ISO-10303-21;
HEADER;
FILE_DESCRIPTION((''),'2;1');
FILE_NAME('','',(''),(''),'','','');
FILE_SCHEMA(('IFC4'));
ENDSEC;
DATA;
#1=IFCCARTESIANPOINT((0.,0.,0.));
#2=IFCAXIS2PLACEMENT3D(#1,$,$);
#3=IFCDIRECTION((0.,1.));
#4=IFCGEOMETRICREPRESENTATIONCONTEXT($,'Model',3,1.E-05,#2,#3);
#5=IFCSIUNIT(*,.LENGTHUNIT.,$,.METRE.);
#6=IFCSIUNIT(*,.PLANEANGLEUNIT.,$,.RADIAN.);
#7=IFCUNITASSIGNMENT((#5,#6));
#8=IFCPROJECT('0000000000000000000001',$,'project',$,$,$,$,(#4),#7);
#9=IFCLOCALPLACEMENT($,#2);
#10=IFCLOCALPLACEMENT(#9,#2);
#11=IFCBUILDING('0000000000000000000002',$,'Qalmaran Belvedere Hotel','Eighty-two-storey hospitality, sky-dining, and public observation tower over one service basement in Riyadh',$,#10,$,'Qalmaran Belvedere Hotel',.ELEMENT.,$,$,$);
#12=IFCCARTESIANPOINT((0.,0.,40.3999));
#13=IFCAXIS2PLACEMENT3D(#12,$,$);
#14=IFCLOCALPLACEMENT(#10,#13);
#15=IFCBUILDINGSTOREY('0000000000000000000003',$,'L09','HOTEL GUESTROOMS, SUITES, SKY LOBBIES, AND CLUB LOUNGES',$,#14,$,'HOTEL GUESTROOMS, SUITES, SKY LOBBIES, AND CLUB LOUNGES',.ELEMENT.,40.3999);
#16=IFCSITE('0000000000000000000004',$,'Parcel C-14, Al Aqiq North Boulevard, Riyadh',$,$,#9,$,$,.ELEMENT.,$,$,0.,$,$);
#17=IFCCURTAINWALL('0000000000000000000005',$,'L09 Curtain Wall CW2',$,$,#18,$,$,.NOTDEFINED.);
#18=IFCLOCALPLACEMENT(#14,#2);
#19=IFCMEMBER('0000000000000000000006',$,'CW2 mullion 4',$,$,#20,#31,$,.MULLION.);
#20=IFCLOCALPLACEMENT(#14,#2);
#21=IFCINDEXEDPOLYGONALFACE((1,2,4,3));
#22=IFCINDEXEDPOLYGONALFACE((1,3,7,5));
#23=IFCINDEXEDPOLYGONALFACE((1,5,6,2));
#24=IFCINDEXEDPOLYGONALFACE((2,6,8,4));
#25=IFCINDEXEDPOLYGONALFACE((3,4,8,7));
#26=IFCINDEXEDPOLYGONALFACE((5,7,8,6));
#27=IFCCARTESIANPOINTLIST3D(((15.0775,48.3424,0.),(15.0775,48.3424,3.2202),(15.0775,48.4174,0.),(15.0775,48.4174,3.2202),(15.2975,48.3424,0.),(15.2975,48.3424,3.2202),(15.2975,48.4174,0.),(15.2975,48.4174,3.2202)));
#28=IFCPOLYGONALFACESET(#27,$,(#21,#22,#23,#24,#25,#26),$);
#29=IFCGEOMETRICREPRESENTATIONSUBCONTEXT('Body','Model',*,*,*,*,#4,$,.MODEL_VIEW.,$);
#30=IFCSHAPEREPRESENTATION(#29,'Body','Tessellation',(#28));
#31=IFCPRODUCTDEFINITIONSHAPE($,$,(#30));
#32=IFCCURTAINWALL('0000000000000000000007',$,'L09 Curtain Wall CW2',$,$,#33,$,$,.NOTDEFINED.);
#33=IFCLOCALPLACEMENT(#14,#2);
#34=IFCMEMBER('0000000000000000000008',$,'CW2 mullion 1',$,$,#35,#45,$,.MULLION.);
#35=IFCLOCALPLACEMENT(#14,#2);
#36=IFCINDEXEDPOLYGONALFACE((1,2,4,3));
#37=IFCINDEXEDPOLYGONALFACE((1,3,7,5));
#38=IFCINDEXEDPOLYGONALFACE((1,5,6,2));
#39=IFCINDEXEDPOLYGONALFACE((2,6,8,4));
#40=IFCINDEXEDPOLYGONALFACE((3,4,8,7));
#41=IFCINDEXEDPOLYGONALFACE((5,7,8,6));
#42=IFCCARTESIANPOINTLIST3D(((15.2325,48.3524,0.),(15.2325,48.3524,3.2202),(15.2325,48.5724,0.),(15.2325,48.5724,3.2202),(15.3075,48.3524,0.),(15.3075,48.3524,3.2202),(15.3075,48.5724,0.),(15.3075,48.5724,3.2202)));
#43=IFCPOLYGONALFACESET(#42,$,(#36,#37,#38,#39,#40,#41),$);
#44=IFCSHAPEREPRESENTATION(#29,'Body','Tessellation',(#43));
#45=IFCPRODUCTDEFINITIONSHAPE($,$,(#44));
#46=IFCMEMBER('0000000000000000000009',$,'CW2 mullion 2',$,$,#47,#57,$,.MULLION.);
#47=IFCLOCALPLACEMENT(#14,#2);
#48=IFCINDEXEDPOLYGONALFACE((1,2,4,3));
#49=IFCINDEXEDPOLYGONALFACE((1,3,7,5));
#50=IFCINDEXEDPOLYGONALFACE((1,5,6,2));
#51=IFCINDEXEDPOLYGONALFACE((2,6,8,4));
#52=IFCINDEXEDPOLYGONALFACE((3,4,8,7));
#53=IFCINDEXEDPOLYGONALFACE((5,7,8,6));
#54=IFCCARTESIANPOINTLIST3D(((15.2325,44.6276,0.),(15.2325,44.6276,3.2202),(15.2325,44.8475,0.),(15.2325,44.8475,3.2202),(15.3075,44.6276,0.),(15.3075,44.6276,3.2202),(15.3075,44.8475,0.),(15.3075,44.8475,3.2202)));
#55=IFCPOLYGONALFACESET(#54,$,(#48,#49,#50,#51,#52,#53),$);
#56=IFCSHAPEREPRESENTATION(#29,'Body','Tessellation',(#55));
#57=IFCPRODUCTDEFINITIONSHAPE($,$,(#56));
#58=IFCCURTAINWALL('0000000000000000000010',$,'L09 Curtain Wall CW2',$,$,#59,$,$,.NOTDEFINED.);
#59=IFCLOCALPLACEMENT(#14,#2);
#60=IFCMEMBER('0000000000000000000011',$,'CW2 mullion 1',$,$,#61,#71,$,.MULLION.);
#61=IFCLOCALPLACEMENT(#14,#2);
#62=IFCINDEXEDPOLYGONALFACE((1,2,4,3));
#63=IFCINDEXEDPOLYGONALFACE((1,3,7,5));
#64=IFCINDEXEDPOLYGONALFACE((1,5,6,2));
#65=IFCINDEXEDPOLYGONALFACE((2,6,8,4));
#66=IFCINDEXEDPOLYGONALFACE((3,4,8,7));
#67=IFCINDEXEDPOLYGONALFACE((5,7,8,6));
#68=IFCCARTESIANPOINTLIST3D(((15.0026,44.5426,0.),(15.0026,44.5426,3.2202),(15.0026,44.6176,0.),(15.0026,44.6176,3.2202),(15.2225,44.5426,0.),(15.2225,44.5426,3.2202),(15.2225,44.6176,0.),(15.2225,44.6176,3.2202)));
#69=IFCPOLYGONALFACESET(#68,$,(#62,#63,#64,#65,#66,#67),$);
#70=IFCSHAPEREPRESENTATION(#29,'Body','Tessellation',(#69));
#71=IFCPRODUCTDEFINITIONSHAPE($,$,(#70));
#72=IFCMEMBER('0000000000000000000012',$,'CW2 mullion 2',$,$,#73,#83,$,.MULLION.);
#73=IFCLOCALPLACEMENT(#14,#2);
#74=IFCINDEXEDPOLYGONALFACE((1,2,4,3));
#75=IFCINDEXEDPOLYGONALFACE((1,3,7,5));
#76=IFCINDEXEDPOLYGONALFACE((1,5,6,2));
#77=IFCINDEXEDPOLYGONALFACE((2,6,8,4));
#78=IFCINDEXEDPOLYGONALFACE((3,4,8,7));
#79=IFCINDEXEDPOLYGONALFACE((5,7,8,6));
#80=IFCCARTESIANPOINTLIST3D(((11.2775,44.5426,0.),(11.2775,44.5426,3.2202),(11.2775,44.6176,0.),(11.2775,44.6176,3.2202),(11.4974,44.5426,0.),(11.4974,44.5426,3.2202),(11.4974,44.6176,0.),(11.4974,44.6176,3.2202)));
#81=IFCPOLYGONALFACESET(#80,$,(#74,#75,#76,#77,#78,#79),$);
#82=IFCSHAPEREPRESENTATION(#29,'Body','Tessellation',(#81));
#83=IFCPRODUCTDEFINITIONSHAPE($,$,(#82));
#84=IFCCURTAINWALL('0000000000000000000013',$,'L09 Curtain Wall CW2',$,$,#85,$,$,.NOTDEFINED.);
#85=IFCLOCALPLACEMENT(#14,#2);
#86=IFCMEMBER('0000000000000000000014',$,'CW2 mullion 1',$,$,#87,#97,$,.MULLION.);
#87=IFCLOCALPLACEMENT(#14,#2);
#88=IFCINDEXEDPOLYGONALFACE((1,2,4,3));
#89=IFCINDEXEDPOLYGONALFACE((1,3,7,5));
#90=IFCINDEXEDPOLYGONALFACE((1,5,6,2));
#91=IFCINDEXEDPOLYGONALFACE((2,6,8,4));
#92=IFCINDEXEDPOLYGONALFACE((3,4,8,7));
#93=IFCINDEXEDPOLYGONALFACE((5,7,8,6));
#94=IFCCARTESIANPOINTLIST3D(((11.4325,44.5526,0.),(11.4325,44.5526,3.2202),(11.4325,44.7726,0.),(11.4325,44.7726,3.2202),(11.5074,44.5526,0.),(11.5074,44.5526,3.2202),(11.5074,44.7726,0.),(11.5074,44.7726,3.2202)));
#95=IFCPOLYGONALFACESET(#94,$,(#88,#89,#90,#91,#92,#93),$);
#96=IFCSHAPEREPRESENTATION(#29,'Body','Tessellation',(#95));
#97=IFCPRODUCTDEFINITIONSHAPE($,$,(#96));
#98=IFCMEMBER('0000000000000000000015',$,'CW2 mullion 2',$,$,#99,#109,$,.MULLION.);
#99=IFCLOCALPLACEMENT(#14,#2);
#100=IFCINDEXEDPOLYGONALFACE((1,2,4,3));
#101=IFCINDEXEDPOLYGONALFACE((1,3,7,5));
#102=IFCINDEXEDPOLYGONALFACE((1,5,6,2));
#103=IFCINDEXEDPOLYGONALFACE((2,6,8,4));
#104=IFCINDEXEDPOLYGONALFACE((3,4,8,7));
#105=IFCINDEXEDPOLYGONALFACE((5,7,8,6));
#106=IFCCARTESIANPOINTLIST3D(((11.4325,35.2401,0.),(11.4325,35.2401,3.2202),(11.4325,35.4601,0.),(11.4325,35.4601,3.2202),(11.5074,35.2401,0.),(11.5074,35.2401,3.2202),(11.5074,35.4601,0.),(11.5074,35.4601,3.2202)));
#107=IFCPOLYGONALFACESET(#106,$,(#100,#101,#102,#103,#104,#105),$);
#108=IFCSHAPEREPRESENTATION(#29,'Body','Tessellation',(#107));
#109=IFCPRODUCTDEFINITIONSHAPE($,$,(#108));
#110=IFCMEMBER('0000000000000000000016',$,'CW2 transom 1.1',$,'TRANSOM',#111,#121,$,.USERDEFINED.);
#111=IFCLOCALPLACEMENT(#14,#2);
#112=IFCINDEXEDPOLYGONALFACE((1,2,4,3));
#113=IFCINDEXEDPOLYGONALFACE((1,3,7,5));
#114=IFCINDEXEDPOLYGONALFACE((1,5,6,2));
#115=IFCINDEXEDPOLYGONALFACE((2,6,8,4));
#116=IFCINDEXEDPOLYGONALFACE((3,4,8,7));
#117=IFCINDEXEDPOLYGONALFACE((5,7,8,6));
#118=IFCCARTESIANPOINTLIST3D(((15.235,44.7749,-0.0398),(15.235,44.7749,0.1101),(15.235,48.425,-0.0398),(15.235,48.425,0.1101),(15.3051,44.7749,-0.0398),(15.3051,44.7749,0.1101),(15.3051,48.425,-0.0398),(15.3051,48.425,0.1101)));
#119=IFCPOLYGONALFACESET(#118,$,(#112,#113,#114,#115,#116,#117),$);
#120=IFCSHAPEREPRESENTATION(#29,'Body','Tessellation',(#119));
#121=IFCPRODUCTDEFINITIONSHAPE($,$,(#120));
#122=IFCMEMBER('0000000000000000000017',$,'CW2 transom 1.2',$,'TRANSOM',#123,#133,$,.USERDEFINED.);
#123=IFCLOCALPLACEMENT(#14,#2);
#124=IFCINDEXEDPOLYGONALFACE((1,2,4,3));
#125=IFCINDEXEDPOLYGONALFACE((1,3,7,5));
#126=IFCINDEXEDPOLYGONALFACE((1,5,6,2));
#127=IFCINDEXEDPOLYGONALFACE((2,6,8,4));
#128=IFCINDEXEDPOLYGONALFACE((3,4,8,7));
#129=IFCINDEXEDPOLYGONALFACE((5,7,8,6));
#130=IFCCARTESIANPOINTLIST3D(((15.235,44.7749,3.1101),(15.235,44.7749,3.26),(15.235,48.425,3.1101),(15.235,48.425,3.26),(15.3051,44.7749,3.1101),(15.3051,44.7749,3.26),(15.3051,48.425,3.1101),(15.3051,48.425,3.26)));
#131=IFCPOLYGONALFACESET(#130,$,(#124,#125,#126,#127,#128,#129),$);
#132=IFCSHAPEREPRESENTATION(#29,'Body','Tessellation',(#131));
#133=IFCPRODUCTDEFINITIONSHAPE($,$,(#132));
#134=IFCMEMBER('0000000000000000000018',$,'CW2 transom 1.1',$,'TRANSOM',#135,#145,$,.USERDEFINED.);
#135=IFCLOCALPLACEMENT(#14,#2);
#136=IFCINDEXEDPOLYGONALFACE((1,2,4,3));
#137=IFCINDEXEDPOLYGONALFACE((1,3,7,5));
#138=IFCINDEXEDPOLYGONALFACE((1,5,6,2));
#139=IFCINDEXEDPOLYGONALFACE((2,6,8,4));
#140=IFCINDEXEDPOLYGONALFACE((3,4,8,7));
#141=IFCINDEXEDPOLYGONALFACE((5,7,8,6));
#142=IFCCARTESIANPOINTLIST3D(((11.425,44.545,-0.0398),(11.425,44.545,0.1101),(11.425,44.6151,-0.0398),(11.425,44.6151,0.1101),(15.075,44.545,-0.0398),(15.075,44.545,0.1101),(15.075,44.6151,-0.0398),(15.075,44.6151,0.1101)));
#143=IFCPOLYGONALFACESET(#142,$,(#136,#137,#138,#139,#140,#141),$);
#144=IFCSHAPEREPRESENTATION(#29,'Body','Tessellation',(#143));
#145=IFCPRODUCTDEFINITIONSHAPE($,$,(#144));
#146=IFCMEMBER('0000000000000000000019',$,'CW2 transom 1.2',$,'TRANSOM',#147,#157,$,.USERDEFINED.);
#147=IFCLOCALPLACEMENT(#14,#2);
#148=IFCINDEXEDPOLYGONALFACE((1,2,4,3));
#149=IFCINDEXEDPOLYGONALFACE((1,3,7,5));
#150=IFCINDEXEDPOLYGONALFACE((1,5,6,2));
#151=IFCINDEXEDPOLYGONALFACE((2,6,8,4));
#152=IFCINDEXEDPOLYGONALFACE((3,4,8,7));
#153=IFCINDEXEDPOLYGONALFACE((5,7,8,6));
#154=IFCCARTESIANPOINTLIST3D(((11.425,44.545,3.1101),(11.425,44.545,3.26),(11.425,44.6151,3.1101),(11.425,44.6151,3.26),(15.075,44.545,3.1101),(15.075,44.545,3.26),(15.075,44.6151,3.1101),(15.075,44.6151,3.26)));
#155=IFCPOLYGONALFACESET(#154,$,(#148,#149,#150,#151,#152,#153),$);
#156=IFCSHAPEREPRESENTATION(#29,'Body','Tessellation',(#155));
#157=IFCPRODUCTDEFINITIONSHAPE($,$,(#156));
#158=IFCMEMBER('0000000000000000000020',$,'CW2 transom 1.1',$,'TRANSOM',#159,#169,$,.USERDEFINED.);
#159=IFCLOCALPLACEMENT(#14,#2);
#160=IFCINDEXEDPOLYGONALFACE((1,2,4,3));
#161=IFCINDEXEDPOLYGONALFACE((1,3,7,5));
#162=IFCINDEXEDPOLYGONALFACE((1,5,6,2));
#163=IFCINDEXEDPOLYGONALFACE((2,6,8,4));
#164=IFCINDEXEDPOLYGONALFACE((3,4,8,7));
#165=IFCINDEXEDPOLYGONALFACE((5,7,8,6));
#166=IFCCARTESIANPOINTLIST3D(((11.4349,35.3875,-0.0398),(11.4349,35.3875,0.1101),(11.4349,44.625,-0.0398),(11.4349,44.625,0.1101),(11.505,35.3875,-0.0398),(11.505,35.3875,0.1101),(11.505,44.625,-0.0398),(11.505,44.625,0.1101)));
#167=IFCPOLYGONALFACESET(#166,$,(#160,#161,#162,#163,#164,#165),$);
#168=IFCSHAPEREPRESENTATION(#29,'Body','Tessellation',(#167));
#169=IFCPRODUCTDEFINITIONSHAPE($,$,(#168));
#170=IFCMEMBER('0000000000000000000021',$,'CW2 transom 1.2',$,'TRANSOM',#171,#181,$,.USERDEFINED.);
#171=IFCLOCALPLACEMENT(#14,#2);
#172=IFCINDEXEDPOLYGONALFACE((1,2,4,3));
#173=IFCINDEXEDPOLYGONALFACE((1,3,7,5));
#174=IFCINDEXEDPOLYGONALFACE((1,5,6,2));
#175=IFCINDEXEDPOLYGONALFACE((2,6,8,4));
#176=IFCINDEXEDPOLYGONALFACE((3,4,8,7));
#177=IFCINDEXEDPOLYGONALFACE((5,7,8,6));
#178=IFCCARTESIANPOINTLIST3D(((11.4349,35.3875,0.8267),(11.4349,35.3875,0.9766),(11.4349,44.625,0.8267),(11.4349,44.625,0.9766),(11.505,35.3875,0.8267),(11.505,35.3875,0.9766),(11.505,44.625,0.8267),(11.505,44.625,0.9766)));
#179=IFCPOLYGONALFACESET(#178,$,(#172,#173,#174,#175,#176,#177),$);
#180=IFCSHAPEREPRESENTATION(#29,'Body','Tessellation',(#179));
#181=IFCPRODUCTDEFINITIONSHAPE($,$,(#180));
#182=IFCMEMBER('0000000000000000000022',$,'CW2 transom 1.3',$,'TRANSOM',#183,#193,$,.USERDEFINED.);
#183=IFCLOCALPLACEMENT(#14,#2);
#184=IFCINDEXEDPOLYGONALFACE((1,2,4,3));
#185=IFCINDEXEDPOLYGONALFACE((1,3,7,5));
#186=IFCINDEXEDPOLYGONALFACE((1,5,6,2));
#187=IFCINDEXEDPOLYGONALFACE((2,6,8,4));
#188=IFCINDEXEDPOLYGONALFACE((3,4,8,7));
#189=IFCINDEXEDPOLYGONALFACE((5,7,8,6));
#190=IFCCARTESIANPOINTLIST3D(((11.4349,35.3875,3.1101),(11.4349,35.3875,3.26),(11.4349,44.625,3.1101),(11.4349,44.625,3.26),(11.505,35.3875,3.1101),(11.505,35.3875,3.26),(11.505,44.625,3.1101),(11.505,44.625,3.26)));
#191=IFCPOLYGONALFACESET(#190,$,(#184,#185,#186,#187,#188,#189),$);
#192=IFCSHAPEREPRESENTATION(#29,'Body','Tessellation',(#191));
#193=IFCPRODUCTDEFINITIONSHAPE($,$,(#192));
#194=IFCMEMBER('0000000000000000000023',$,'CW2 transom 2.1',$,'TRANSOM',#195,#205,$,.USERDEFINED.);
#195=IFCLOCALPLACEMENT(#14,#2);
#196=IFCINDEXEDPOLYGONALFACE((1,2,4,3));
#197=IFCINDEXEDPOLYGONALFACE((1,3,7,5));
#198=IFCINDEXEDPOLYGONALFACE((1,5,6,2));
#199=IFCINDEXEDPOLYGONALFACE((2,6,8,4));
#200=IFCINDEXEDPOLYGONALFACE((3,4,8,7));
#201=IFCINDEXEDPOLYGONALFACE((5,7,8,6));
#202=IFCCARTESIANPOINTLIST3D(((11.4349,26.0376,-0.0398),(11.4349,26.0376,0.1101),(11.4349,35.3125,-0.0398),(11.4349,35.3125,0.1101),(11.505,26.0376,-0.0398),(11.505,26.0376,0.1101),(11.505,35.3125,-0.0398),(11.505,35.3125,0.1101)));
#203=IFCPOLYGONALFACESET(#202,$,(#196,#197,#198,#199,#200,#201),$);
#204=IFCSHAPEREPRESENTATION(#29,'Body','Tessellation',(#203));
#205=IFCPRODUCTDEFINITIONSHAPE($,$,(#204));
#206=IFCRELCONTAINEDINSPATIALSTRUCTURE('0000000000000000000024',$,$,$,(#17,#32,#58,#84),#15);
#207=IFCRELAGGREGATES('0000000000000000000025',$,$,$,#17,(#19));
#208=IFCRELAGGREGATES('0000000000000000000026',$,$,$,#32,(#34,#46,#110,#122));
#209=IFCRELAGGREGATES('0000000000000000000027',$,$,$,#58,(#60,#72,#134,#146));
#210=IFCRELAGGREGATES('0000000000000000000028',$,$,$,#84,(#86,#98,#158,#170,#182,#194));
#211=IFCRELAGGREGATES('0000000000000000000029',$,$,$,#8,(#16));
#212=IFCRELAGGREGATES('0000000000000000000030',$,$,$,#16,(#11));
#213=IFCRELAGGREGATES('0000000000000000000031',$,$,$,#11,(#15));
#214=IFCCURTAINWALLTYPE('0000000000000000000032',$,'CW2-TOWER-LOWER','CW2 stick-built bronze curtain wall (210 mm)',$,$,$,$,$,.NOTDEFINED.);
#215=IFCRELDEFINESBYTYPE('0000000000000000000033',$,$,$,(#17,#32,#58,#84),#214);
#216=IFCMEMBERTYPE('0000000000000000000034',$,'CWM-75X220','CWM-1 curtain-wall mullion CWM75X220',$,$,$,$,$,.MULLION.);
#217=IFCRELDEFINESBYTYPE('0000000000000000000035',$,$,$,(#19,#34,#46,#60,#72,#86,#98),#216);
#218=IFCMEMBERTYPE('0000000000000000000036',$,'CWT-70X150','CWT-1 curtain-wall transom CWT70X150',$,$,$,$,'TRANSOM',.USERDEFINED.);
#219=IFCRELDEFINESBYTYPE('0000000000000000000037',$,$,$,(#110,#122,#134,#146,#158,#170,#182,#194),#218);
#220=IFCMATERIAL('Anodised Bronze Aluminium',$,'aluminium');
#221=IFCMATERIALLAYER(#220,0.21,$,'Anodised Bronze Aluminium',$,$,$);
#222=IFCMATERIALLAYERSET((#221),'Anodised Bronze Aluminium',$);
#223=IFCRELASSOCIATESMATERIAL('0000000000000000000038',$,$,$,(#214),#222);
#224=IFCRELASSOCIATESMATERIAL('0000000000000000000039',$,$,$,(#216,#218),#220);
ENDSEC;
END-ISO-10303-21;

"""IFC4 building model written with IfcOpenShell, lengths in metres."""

from ifc_helpers import new_model, si_unit, direction, frame, origin, origin_2d, place, context, subcontext, project, spatial, rectangle, extrude, material, layer, layer_set, material_profile, profile_set, type_object, element, aggregate, save


model = new_model("IFC4")

# Units and contexts
model_context = context("Model", 3, precision=1e-05, world=origin(), true_north=direction((0.0, 1.0)))
body_context = subcontext(model_context, "Body", "Model", "MODEL_VIEW")
ifc_project = project(units=[si_unit("LENGTHUNIT", "METRE"), si_unit("PLANEANGLEUNIT", "RADIAN")], contexts=[model_context])

# Site, building, storey
site_placement = place(None, origin())
site = spatial("IfcSite", under=ifc_project, at=site_placement, Name="Parcel C-14, Al Aqiq North Boulevard, Riyadh", CompositionType="ELEMENT", RefElevation=0.0)
building_placement = place(site_placement, origin())
building = spatial("IfcBuilding", under=site, at=building_placement, Name="Qalmaran Belvedere Hotel", Description="Eighty-two-storey hospitality, sky-dining, and public observation tower over one service basement in Riyadh", LongName="Qalmaran Belvedere Hotel", CompositionType="ELEMENT")
storey_placement = place(building_placement, frame((0.0, 0.0, 40.3999)))
storey = spatial("IfcBuildingStorey", under=building, at=storey_placement, Name="L09", Description="HOTEL GUESTROOMS, SUITES, SKY LOBBIES, AND CLUB LOUNGES", LongName="HOTEL GUESTROOMS, SUITES, SKY LOBBIES, AND CLUB LOUNGES", CompositionType="ELEMENT", Elevation=40.3999)

# Curtain wall, member
ifc_material_1 = material(Name="Anodised Bronze Aluminium", Category="aluminium")
ifc_layer_1 = layer(ifc_material_1, 0.21, Name="Anodised Bronze Aluminium")
ifc_layer_set_1 = layer_set([ifc_layer_1], Name="Anodised Bronze Aluminium")
curtain_wall_type = type_object("IfcCurtainWallType", Name="CW2-TOWER-LOWER", Description="CW2 stick-built bronze curtain wall (210 mm)", PredefinedType="NOTDEFINED", material=ifc_layer_set_1)
curtain_wall_1_placement = place(storey_placement, origin())
curtain_wall_1 = element("IfcCurtainWall", 1, at=curtain_wall_1_placement, inside=storey, type_object=curtain_wall_type, Name="L09 Curtain Wall CW2", PredefinedType="NOTDEFINED")
ifc_material_profile_1 = material_profile(ifc_material_1, rectangle(XDim=0.075, YDim=0.22, at=origin_2d()), Name="CWM75X220")
ifc_profile_set_1 = profile_set([ifc_material_profile_1], Name="Anodised Bronze Aluminium")
member_type_1 = type_object("IfcMemberType", Name="CWM-75X220", Description="CWM-1 curtain-wall mullion CWM75X220", PredefinedType="MULLION", material=ifc_profile_set_1)
member_1_placement = place(storey_placement, frame((15.1875, 48.3799, 0.0), z_axis=(0.0, 0.0, 1.0), x_axis=(0.0, -1.0, 0.0)))
member_1 = element("IfcMember", 2, at=member_1_placement, type_object=member_type_1, Name="CW2 mullion 4", PredefinedType="MULLION", context=body_context, shape_type="SweptSolid", body=[
    extrude(rectangle(XDim=0.075, YDim=0.22, at=origin_2d()), origin(), (0.0, 0.0, 1.0), 3.2202),
])

# Curtain walls, members
curtain_wall_2_placement = place(storey_placement, origin())
curtain_wall_2 = element("IfcCurtainWall", 3, at=curtain_wall_2_placement, inside=storey, type_object=curtain_wall_type, Name="L09 Curtain Wall CW2", PredefinedType="NOTDEFINED")
member_2_placement = place(storey_placement, frame((15.27, 48.4624, 0.0), z_axis=(0.0, 0.0, 1.0), x_axis=(1.0, 0.0, 0.0)))
member_2 = element("IfcMember", 4, at=member_2_placement, type_object=member_type_1, Name="CW2 mullion 1", PredefinedType="MULLION", context=body_context, shape_type="SweptSolid", body=[
    extrude(rectangle(XDim=0.075, YDim=0.22, at=origin_2d()), origin(), (0.0, 0.0, 1.0), 3.2202),
])
member_3_placement = place(storey_placement, frame((15.27, 44.7375, 0.0), z_axis=(0.0, 0.0, 1.0), x_axis=(1.0, 0.0, 0.0)))
member_3 = element("IfcMember", 5, at=member_3_placement, type_object=member_type_1, Name="CW2 mullion 2", PredefinedType="MULLION", context=body_context, shape_type="SweptSolid", body=[
    extrude(rectangle(XDim=0.075, YDim=0.22, at=origin_2d()), origin(), (0.0, 0.0, 1.0), 3.2202),
])
curtain_wall_3_placement = place(storey_placement, origin())
curtain_wall_3 = element("IfcCurtainWall", 6, at=curtain_wall_3_placement, inside=storey, type_object=curtain_wall_type, Name="L09 Curtain Wall CW2", PredefinedType="NOTDEFINED")
member_4_placement = place(storey_placement, frame((15.1125, 44.5801, 0.0), z_axis=(0.0, 0.0, 1.0), x_axis=(0.0, -1.0, 0.0)))
member_4 = element("IfcMember", 7, at=member_4_placement, type_object=member_type_1, Name="CW2 mullion 1", PredefinedType="MULLION", context=body_context, shape_type="SweptSolid", body=[
    extrude(rectangle(XDim=0.075, YDim=0.22, at=origin_2d()), origin(), (0.0, 0.0, 1.0), 3.2202),
])
member_5_placement = place(storey_placement, frame((11.3875, 44.5801, 0.0), z_axis=(0.0, 0.0, 1.0), x_axis=(0.0, -1.0, 0.0)))
member_5 = element("IfcMember", 8, at=member_5_placement, type_object=member_type_1, Name="CW2 mullion 2", PredefinedType="MULLION", context=body_context, shape_type="SweptSolid", body=[
    extrude(rectangle(XDim=0.075, YDim=0.22, at=origin_2d()), origin(), (0.0, 0.0, 1.0), 3.2202),
])
curtain_wall_4_placement = place(storey_placement, origin())
curtain_wall_4 = element("IfcCurtainWall", 9, at=curtain_wall_4_placement, inside=storey, type_object=curtain_wall_type, Name="L09 Curtain Wall CW2", PredefinedType="NOTDEFINED")
member_6_placement = place(storey_placement, frame((11.47, 44.6626, 0.0), z_axis=(0.0, 0.0, 1.0), x_axis=(1.0, 0.0, 0.0)))
member_6 = element("IfcMember", 10, at=member_6_placement, type_object=member_type_1, Name="CW2 mullion 1", PredefinedType="MULLION", context=body_context, shape_type="SweptSolid", body=[
    extrude(rectangle(XDim=0.075, YDim=0.22, at=origin_2d()), origin(), (0.0, 0.0, 1.0), 3.2202),
])
member_7_placement = place(storey_placement, frame((11.47, 35.3501, 0.0), z_axis=(0.0, 0.0, 1.0), x_axis=(1.0, 0.0, 0.0)))
member_7 = element("IfcMember", 11, at=member_7_placement, type_object=member_type_1, Name="CW2 mullion 2", PredefinedType="MULLION", context=body_context, shape_type="SweptSolid", body=[
    extrude(rectangle(XDim=0.075, YDim=0.22, at=origin_2d()), origin(), (0.0, 0.0, 1.0), 3.2202),
])

# Members
ifc_material_profile_2 = material_profile(ifc_material_1, rectangle(XDim=0.0701, YDim=0.1499, at=origin_2d()), Name="CWT70X150")
ifc_profile_set_2 = profile_set([ifc_material_profile_2], Name="Anodised Bronze Aluminium")
member_type_2 = type_object("IfcMemberType", Name="CWT-70X150", Description="CWT-1 curtain-wall transom CWT70X150", ElementType="TRANSOM", PredefinedType="USERDEFINED", material=ifc_profile_set_2)
member_8_placement = place(storey_placement, frame((15.27, 48.425, 0.0352), z_axis=(0.0, -1.0, 0.0), x_axis=(1.0, 0.0, 0.0)))
member_8 = element("IfcMember", 12, at=member_8_placement, type_object=member_type_2, Name="CW2 transom 1.1", ObjectType="TRANSOM", PredefinedType="USERDEFINED", context=body_context, shape_type="SweptSolid", body=[
    extrude(rectangle(XDim=0.0701, YDim=0.1499, at=origin_2d()), origin(), (0.0, 0.0, 1.0), 3.6501),
])
member_9_placement = place(storey_placement, frame((15.27, 48.425, 3.1851), z_axis=(0.0, -1.0, 0.0), x_axis=(1.0, 0.0, 0.0)))
member_9 = element("IfcMember", 13, at=member_9_placement, type_object=member_type_2, Name="CW2 transom 1.2", ObjectType="TRANSOM", PredefinedType="USERDEFINED", context=body_context, shape_type="SweptSolid", body=[
    extrude(rectangle(XDim=0.0701, YDim=0.1499, at=origin_2d()), origin(), (0.0, 0.0, 1.0), 3.6501),
])
member_10_placement = place(storey_placement, frame((15.075, 44.5801, 0.0352), z_axis=(-1.0, 0.0, 0.0), x_axis=(0.0, -1.0, 0.0)))
member_10 = element("IfcMember", 14, at=member_10_placement, type_object=member_type_2, Name="CW2 transom 1.1", ObjectType="TRANSOM", PredefinedType="USERDEFINED", context=body_context, shape_type="SweptSolid", body=[
    extrude(rectangle(XDim=0.0701, YDim=0.1499, at=origin_2d()), origin(), (0.0, 0.0, 1.0), 3.6499),
])
member_11_placement = place(storey_placement, frame((15.075, 44.5801, 3.1851), z_axis=(-1.0, 0.0, 0.0), x_axis=(0.0, -1.0, 0.0)))
member_11 = element("IfcMember", 15, at=member_11_placement, type_object=member_type_2, Name="CW2 transom 1.2", ObjectType="TRANSOM", PredefinedType="USERDEFINED", context=body_context, shape_type="SweptSolid", body=[
    extrude(rectangle(XDim=0.0701, YDim=0.1499, at=origin_2d()), origin(), (0.0, 0.0, 1.0), 3.6499),
])
member_12_placement = place(storey_placement, frame((11.47, 44.625, 0.0352), z_axis=(0.0, -1.0, 0.0), x_axis=(1.0, 0.0, 0.0)))
member_12 = element("IfcMember", 16, at=member_12_placement, type_object=member_type_2, Name="CW2 transom 1.1", ObjectType="TRANSOM", PredefinedType="USERDEFINED", context=body_context, shape_type="SweptSolid", body=[
    extrude(rectangle(XDim=0.0701, YDim=0.1499, at=origin_2d()), origin(), (0.0, 0.0, 1.0), 9.2375),
])
member_13_placement = place(storey_placement, frame((11.47, 44.625, 0.9016), z_axis=(0.0, -1.0, 0.0), x_axis=(1.0, 0.0, 0.0)))
member_13 = element("IfcMember", 17, at=member_13_placement, type_object=member_type_2, Name="CW2 transom 1.2", ObjectType="TRANSOM", PredefinedType="USERDEFINED", context=body_context, shape_type="SweptSolid", body=[
    extrude(rectangle(XDim=0.0701, YDim=0.1499, at=origin_2d()), origin(), (0.0, 0.0, 1.0), 9.2375),
])
member_14_placement = place(storey_placement, frame((11.47, 44.625, 3.1851), z_axis=(0.0, -1.0, 0.0), x_axis=(1.0, 0.0, 0.0)))
member_14 = element("IfcMember", 18, at=member_14_placement, type_object=member_type_2, Name="CW2 transom 1.3", ObjectType="TRANSOM", PredefinedType="USERDEFINED", context=body_context, shape_type="SweptSolid", body=[
    extrude(rectangle(XDim=0.0701, YDim=0.1499, at=origin_2d()), origin(), (0.0, 0.0, 1.0), 9.2375),
])
member_15_placement = place(storey_placement, frame((11.47, 35.3125, 0.0352), z_axis=(0.0, -1.0, 0.0), x_axis=(1.0, 0.0, 0.0)))
member_15 = element("IfcMember", 19, at=member_15_placement, type_object=member_type_2, Name="CW2 transom 2.1", ObjectType="TRANSOM", PredefinedType="USERDEFINED", context=body_context, shape_type="SweptSolid", body=[
    extrude(rectangle(XDim=0.0701, YDim=0.1499, at=origin_2d()), origin(), (0.0, 0.0, 1.0), 9.2749),
])

aggregate(curtain_wall_1, [member_1])
aggregate(curtain_wall_2, [member_2, member_3, member_8, member_9])
aggregate(curtain_wall_3, [member_4, member_5, member_10, member_11])
aggregate(curtain_wall_4, [member_6, member_7, member_12, member_13, member_14, member_15])

save(model, "model.ifc")
